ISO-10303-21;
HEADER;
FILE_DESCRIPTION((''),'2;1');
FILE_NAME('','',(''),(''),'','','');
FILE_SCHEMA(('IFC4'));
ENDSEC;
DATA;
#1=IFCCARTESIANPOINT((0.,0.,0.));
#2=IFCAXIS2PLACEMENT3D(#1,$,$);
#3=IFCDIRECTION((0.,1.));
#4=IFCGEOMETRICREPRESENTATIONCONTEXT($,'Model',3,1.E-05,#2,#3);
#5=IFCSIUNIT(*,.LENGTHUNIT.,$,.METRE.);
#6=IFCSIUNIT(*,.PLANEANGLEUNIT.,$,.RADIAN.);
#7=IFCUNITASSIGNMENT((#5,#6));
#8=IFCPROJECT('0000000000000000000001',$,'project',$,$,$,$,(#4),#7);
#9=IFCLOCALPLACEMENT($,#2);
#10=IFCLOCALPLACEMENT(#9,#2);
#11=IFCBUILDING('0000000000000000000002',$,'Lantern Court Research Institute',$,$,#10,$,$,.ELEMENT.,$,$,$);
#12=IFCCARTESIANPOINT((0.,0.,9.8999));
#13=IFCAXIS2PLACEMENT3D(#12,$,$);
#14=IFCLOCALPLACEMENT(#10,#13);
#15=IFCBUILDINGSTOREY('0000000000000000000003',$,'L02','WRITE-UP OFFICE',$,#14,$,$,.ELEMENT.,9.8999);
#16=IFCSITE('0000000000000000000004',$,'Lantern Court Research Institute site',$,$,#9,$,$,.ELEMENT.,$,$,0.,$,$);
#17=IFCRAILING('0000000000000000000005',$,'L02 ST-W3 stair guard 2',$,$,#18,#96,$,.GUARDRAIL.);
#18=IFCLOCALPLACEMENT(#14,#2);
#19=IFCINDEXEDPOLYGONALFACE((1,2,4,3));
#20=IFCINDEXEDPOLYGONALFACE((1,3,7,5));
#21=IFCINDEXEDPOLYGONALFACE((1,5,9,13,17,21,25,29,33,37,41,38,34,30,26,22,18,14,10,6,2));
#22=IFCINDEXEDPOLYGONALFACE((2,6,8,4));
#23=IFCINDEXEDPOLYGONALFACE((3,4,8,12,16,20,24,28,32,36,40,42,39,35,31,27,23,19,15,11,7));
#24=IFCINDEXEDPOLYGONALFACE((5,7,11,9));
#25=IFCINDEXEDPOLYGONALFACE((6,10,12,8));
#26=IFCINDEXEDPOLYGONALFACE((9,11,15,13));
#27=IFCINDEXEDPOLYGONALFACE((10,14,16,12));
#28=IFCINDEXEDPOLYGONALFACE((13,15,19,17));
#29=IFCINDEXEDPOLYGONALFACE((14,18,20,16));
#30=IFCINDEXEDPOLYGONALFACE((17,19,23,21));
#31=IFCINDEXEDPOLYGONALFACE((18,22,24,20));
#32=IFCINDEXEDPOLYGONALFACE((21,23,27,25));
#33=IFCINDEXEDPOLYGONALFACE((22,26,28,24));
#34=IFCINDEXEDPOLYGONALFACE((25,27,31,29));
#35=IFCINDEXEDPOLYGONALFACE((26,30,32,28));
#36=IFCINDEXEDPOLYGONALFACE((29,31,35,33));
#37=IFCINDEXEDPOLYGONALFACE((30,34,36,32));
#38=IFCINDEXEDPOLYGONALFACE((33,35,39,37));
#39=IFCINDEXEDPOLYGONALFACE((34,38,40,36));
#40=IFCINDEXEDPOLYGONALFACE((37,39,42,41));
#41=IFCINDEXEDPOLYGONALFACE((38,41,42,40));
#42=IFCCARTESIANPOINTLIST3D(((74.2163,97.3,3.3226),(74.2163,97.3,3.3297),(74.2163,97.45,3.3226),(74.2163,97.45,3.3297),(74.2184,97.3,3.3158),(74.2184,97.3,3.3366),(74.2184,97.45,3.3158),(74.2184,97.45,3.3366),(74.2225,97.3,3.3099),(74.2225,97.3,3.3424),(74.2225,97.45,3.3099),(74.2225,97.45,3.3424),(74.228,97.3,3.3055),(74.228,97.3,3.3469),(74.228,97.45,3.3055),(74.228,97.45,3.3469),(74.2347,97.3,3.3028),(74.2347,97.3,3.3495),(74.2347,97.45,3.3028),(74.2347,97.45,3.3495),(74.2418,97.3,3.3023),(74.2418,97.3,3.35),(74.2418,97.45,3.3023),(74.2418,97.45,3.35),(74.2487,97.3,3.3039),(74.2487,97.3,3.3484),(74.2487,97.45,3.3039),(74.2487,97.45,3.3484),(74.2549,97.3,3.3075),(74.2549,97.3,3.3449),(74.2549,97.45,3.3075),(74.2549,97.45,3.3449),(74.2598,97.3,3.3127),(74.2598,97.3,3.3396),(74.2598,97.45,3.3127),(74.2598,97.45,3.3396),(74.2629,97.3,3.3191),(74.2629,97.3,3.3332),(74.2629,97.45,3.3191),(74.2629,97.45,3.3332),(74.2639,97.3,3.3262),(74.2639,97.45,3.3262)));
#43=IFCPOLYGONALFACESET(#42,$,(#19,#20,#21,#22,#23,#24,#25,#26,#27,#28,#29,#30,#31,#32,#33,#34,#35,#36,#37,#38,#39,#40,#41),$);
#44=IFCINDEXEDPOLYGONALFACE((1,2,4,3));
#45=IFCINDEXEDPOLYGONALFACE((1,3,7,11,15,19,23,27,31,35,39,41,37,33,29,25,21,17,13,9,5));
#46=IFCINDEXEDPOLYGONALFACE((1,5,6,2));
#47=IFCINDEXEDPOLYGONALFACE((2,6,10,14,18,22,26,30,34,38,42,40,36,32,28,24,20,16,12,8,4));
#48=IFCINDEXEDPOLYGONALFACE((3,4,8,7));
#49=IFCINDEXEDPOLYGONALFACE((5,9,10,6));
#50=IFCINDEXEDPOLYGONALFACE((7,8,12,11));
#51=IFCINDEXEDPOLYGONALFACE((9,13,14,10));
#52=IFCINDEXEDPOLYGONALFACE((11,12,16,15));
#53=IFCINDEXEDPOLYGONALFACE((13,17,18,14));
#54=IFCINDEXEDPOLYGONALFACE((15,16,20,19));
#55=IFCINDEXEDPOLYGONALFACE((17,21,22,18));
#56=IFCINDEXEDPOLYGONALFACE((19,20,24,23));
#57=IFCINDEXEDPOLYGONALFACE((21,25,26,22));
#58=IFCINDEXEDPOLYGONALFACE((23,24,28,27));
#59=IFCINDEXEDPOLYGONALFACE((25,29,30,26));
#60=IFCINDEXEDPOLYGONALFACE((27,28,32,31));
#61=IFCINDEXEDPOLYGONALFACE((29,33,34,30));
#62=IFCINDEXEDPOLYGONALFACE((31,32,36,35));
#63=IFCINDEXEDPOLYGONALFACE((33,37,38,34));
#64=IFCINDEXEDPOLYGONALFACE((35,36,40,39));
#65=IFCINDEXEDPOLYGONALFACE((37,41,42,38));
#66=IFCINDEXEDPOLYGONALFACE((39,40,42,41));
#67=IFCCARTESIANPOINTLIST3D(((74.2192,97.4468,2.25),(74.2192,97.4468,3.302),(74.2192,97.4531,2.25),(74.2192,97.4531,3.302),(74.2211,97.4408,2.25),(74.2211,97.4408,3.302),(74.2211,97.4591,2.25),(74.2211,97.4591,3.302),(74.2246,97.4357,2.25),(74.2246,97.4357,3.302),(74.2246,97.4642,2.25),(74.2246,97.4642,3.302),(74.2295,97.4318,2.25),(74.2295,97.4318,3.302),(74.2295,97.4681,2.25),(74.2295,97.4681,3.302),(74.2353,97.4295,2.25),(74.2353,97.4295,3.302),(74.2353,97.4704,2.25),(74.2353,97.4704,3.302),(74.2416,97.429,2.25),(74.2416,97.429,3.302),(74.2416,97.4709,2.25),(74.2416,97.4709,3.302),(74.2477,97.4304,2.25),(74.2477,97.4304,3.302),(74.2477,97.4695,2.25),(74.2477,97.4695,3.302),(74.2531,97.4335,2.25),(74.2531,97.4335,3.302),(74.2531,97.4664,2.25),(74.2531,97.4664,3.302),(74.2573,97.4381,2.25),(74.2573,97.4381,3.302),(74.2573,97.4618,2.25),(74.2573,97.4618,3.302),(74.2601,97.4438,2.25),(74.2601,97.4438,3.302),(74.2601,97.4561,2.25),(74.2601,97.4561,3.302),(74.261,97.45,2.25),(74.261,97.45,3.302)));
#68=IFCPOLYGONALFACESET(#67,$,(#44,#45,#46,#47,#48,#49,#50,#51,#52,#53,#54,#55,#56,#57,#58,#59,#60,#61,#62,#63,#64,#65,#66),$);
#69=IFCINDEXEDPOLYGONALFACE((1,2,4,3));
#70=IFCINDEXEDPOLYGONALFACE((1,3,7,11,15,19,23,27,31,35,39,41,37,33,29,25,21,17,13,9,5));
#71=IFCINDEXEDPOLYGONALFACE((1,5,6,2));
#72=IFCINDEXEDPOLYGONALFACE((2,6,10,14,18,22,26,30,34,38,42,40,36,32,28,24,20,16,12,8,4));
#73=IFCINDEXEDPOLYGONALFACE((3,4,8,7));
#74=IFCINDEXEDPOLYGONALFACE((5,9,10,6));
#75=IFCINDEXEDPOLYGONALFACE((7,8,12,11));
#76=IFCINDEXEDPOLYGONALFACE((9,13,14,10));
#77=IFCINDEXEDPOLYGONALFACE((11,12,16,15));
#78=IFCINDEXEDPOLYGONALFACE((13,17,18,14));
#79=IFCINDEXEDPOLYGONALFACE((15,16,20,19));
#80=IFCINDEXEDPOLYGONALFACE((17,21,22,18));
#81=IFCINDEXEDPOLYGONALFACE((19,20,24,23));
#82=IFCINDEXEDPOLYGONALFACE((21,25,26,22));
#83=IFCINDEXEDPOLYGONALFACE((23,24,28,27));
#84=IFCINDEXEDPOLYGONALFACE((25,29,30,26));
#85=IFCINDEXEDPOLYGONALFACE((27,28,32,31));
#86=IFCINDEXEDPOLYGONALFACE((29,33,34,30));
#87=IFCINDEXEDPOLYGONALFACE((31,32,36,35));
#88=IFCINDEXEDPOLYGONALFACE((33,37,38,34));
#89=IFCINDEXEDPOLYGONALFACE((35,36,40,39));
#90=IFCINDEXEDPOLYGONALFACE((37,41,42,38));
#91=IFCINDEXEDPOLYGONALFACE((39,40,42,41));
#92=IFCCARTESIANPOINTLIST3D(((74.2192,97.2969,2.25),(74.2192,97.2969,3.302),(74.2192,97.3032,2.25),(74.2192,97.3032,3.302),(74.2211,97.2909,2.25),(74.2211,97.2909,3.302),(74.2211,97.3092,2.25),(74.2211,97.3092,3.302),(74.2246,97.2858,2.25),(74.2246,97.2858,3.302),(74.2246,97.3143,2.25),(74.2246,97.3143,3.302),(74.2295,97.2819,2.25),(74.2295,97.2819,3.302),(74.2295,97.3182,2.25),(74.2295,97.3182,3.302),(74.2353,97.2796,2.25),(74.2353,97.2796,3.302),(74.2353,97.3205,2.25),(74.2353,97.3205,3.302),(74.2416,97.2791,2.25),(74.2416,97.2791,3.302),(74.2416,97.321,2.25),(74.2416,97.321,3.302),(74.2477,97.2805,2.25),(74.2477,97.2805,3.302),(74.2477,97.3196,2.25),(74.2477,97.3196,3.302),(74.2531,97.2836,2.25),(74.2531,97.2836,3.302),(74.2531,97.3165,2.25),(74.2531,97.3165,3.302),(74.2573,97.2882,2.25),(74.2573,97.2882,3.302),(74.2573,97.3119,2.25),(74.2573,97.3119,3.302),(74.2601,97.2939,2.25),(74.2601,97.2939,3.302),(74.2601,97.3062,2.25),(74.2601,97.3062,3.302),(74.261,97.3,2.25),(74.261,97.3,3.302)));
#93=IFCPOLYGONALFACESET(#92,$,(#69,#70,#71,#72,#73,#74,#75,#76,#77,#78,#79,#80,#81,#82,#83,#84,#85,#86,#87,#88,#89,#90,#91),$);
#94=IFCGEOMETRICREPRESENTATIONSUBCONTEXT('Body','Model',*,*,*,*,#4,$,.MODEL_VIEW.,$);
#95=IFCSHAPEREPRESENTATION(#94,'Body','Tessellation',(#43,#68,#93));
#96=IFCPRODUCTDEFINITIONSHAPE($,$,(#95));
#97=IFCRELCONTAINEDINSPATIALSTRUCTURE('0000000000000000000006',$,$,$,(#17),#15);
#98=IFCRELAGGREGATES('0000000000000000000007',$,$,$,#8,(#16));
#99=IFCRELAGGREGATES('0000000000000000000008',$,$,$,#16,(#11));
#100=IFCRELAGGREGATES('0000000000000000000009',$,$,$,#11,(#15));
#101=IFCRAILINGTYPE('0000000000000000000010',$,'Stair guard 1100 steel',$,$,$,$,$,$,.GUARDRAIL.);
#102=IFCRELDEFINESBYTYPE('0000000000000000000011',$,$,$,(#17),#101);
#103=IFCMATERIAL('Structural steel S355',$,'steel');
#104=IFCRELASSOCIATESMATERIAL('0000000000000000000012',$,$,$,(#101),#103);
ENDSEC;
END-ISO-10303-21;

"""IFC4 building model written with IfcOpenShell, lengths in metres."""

from ifc_helpers import new_model, si_unit, direction, frame, origin, origin_2d, place, context, subcontext, project, spatial, circle, extrude, material, type_object, element, save


model = new_model("IFC4")

# Units and contexts
model_context = context("Model", 3, precision=1e-05, world=origin(), true_north=direction((0.0, 1.0)))
body_context = subcontext(model_context, "Body", "Model", "MODEL_VIEW")
ifc_project = project(units=[si_unit("LENGTHUNIT", "METRE"), si_unit("PLANEANGLEUNIT", "RADIAN")], contexts=[model_context])

# Site, building, storey
site_placement = place(None, origin())
site = spatial("IfcSite", under=ifc_project, at=site_placement, Name="Lantern Court Research Institute site", CompositionType="ELEMENT", RefElevation=0.0)
building_placement = place(site_placement, origin())
building = spatial("IfcBuilding", under=site, at=building_placement, Name="Lantern Court Research Institute", CompositionType="ELEMENT")
storey_placement = place(building_placement, frame((0.0, 0.0, 9.8999)))
storey = spatial("IfcBuildingStorey", under=building, at=storey_placement, Name="L02", Description="WRITE-UP OFFICE", CompositionType="ELEMENT", Elevation=9.8999)

# Railing
ifc_material_1 = material(Name="Structural steel S355", Category="steel")
railing_type_1 = type_object("IfcRailingType", Name="Stair guard 1100 steel", PredefinedType="GUARDRAIL", material=ifc_material_1)
railing_1_placement = place(storey_placement, frame((74.24, 97.45, 2.25)))
element("IfcRailing", 1, at=railing_1_placement, inside=storey, type_object=railing_type_1, Name="L02 ST-W3 stair guard 2", PredefinedType="GUARDRAIL", context=body_context, shape_type="SweptSolid", body=[
    extrude(circle(Radius=0.0239, at=origin_2d()), frame((0.0, 0.0, 1.0762), z_axis=(0.0, -1.0, 0.0), x_axis=(1.0, 0.0, 0.0)), (0.0, 0.0, 1.0), 0.1499),
    extrude(circle(Radius=0.021, at=origin_2d()), origin(), (0.0, 0.0, 1.0), 1.052),
    extrude(circle(Radius=0.021, at=origin_2d()), frame((0.0, -0.1499, 0.0)), (0.0, 0.0, 1.0), 1.052),
])

save(model, "model.ifc")
